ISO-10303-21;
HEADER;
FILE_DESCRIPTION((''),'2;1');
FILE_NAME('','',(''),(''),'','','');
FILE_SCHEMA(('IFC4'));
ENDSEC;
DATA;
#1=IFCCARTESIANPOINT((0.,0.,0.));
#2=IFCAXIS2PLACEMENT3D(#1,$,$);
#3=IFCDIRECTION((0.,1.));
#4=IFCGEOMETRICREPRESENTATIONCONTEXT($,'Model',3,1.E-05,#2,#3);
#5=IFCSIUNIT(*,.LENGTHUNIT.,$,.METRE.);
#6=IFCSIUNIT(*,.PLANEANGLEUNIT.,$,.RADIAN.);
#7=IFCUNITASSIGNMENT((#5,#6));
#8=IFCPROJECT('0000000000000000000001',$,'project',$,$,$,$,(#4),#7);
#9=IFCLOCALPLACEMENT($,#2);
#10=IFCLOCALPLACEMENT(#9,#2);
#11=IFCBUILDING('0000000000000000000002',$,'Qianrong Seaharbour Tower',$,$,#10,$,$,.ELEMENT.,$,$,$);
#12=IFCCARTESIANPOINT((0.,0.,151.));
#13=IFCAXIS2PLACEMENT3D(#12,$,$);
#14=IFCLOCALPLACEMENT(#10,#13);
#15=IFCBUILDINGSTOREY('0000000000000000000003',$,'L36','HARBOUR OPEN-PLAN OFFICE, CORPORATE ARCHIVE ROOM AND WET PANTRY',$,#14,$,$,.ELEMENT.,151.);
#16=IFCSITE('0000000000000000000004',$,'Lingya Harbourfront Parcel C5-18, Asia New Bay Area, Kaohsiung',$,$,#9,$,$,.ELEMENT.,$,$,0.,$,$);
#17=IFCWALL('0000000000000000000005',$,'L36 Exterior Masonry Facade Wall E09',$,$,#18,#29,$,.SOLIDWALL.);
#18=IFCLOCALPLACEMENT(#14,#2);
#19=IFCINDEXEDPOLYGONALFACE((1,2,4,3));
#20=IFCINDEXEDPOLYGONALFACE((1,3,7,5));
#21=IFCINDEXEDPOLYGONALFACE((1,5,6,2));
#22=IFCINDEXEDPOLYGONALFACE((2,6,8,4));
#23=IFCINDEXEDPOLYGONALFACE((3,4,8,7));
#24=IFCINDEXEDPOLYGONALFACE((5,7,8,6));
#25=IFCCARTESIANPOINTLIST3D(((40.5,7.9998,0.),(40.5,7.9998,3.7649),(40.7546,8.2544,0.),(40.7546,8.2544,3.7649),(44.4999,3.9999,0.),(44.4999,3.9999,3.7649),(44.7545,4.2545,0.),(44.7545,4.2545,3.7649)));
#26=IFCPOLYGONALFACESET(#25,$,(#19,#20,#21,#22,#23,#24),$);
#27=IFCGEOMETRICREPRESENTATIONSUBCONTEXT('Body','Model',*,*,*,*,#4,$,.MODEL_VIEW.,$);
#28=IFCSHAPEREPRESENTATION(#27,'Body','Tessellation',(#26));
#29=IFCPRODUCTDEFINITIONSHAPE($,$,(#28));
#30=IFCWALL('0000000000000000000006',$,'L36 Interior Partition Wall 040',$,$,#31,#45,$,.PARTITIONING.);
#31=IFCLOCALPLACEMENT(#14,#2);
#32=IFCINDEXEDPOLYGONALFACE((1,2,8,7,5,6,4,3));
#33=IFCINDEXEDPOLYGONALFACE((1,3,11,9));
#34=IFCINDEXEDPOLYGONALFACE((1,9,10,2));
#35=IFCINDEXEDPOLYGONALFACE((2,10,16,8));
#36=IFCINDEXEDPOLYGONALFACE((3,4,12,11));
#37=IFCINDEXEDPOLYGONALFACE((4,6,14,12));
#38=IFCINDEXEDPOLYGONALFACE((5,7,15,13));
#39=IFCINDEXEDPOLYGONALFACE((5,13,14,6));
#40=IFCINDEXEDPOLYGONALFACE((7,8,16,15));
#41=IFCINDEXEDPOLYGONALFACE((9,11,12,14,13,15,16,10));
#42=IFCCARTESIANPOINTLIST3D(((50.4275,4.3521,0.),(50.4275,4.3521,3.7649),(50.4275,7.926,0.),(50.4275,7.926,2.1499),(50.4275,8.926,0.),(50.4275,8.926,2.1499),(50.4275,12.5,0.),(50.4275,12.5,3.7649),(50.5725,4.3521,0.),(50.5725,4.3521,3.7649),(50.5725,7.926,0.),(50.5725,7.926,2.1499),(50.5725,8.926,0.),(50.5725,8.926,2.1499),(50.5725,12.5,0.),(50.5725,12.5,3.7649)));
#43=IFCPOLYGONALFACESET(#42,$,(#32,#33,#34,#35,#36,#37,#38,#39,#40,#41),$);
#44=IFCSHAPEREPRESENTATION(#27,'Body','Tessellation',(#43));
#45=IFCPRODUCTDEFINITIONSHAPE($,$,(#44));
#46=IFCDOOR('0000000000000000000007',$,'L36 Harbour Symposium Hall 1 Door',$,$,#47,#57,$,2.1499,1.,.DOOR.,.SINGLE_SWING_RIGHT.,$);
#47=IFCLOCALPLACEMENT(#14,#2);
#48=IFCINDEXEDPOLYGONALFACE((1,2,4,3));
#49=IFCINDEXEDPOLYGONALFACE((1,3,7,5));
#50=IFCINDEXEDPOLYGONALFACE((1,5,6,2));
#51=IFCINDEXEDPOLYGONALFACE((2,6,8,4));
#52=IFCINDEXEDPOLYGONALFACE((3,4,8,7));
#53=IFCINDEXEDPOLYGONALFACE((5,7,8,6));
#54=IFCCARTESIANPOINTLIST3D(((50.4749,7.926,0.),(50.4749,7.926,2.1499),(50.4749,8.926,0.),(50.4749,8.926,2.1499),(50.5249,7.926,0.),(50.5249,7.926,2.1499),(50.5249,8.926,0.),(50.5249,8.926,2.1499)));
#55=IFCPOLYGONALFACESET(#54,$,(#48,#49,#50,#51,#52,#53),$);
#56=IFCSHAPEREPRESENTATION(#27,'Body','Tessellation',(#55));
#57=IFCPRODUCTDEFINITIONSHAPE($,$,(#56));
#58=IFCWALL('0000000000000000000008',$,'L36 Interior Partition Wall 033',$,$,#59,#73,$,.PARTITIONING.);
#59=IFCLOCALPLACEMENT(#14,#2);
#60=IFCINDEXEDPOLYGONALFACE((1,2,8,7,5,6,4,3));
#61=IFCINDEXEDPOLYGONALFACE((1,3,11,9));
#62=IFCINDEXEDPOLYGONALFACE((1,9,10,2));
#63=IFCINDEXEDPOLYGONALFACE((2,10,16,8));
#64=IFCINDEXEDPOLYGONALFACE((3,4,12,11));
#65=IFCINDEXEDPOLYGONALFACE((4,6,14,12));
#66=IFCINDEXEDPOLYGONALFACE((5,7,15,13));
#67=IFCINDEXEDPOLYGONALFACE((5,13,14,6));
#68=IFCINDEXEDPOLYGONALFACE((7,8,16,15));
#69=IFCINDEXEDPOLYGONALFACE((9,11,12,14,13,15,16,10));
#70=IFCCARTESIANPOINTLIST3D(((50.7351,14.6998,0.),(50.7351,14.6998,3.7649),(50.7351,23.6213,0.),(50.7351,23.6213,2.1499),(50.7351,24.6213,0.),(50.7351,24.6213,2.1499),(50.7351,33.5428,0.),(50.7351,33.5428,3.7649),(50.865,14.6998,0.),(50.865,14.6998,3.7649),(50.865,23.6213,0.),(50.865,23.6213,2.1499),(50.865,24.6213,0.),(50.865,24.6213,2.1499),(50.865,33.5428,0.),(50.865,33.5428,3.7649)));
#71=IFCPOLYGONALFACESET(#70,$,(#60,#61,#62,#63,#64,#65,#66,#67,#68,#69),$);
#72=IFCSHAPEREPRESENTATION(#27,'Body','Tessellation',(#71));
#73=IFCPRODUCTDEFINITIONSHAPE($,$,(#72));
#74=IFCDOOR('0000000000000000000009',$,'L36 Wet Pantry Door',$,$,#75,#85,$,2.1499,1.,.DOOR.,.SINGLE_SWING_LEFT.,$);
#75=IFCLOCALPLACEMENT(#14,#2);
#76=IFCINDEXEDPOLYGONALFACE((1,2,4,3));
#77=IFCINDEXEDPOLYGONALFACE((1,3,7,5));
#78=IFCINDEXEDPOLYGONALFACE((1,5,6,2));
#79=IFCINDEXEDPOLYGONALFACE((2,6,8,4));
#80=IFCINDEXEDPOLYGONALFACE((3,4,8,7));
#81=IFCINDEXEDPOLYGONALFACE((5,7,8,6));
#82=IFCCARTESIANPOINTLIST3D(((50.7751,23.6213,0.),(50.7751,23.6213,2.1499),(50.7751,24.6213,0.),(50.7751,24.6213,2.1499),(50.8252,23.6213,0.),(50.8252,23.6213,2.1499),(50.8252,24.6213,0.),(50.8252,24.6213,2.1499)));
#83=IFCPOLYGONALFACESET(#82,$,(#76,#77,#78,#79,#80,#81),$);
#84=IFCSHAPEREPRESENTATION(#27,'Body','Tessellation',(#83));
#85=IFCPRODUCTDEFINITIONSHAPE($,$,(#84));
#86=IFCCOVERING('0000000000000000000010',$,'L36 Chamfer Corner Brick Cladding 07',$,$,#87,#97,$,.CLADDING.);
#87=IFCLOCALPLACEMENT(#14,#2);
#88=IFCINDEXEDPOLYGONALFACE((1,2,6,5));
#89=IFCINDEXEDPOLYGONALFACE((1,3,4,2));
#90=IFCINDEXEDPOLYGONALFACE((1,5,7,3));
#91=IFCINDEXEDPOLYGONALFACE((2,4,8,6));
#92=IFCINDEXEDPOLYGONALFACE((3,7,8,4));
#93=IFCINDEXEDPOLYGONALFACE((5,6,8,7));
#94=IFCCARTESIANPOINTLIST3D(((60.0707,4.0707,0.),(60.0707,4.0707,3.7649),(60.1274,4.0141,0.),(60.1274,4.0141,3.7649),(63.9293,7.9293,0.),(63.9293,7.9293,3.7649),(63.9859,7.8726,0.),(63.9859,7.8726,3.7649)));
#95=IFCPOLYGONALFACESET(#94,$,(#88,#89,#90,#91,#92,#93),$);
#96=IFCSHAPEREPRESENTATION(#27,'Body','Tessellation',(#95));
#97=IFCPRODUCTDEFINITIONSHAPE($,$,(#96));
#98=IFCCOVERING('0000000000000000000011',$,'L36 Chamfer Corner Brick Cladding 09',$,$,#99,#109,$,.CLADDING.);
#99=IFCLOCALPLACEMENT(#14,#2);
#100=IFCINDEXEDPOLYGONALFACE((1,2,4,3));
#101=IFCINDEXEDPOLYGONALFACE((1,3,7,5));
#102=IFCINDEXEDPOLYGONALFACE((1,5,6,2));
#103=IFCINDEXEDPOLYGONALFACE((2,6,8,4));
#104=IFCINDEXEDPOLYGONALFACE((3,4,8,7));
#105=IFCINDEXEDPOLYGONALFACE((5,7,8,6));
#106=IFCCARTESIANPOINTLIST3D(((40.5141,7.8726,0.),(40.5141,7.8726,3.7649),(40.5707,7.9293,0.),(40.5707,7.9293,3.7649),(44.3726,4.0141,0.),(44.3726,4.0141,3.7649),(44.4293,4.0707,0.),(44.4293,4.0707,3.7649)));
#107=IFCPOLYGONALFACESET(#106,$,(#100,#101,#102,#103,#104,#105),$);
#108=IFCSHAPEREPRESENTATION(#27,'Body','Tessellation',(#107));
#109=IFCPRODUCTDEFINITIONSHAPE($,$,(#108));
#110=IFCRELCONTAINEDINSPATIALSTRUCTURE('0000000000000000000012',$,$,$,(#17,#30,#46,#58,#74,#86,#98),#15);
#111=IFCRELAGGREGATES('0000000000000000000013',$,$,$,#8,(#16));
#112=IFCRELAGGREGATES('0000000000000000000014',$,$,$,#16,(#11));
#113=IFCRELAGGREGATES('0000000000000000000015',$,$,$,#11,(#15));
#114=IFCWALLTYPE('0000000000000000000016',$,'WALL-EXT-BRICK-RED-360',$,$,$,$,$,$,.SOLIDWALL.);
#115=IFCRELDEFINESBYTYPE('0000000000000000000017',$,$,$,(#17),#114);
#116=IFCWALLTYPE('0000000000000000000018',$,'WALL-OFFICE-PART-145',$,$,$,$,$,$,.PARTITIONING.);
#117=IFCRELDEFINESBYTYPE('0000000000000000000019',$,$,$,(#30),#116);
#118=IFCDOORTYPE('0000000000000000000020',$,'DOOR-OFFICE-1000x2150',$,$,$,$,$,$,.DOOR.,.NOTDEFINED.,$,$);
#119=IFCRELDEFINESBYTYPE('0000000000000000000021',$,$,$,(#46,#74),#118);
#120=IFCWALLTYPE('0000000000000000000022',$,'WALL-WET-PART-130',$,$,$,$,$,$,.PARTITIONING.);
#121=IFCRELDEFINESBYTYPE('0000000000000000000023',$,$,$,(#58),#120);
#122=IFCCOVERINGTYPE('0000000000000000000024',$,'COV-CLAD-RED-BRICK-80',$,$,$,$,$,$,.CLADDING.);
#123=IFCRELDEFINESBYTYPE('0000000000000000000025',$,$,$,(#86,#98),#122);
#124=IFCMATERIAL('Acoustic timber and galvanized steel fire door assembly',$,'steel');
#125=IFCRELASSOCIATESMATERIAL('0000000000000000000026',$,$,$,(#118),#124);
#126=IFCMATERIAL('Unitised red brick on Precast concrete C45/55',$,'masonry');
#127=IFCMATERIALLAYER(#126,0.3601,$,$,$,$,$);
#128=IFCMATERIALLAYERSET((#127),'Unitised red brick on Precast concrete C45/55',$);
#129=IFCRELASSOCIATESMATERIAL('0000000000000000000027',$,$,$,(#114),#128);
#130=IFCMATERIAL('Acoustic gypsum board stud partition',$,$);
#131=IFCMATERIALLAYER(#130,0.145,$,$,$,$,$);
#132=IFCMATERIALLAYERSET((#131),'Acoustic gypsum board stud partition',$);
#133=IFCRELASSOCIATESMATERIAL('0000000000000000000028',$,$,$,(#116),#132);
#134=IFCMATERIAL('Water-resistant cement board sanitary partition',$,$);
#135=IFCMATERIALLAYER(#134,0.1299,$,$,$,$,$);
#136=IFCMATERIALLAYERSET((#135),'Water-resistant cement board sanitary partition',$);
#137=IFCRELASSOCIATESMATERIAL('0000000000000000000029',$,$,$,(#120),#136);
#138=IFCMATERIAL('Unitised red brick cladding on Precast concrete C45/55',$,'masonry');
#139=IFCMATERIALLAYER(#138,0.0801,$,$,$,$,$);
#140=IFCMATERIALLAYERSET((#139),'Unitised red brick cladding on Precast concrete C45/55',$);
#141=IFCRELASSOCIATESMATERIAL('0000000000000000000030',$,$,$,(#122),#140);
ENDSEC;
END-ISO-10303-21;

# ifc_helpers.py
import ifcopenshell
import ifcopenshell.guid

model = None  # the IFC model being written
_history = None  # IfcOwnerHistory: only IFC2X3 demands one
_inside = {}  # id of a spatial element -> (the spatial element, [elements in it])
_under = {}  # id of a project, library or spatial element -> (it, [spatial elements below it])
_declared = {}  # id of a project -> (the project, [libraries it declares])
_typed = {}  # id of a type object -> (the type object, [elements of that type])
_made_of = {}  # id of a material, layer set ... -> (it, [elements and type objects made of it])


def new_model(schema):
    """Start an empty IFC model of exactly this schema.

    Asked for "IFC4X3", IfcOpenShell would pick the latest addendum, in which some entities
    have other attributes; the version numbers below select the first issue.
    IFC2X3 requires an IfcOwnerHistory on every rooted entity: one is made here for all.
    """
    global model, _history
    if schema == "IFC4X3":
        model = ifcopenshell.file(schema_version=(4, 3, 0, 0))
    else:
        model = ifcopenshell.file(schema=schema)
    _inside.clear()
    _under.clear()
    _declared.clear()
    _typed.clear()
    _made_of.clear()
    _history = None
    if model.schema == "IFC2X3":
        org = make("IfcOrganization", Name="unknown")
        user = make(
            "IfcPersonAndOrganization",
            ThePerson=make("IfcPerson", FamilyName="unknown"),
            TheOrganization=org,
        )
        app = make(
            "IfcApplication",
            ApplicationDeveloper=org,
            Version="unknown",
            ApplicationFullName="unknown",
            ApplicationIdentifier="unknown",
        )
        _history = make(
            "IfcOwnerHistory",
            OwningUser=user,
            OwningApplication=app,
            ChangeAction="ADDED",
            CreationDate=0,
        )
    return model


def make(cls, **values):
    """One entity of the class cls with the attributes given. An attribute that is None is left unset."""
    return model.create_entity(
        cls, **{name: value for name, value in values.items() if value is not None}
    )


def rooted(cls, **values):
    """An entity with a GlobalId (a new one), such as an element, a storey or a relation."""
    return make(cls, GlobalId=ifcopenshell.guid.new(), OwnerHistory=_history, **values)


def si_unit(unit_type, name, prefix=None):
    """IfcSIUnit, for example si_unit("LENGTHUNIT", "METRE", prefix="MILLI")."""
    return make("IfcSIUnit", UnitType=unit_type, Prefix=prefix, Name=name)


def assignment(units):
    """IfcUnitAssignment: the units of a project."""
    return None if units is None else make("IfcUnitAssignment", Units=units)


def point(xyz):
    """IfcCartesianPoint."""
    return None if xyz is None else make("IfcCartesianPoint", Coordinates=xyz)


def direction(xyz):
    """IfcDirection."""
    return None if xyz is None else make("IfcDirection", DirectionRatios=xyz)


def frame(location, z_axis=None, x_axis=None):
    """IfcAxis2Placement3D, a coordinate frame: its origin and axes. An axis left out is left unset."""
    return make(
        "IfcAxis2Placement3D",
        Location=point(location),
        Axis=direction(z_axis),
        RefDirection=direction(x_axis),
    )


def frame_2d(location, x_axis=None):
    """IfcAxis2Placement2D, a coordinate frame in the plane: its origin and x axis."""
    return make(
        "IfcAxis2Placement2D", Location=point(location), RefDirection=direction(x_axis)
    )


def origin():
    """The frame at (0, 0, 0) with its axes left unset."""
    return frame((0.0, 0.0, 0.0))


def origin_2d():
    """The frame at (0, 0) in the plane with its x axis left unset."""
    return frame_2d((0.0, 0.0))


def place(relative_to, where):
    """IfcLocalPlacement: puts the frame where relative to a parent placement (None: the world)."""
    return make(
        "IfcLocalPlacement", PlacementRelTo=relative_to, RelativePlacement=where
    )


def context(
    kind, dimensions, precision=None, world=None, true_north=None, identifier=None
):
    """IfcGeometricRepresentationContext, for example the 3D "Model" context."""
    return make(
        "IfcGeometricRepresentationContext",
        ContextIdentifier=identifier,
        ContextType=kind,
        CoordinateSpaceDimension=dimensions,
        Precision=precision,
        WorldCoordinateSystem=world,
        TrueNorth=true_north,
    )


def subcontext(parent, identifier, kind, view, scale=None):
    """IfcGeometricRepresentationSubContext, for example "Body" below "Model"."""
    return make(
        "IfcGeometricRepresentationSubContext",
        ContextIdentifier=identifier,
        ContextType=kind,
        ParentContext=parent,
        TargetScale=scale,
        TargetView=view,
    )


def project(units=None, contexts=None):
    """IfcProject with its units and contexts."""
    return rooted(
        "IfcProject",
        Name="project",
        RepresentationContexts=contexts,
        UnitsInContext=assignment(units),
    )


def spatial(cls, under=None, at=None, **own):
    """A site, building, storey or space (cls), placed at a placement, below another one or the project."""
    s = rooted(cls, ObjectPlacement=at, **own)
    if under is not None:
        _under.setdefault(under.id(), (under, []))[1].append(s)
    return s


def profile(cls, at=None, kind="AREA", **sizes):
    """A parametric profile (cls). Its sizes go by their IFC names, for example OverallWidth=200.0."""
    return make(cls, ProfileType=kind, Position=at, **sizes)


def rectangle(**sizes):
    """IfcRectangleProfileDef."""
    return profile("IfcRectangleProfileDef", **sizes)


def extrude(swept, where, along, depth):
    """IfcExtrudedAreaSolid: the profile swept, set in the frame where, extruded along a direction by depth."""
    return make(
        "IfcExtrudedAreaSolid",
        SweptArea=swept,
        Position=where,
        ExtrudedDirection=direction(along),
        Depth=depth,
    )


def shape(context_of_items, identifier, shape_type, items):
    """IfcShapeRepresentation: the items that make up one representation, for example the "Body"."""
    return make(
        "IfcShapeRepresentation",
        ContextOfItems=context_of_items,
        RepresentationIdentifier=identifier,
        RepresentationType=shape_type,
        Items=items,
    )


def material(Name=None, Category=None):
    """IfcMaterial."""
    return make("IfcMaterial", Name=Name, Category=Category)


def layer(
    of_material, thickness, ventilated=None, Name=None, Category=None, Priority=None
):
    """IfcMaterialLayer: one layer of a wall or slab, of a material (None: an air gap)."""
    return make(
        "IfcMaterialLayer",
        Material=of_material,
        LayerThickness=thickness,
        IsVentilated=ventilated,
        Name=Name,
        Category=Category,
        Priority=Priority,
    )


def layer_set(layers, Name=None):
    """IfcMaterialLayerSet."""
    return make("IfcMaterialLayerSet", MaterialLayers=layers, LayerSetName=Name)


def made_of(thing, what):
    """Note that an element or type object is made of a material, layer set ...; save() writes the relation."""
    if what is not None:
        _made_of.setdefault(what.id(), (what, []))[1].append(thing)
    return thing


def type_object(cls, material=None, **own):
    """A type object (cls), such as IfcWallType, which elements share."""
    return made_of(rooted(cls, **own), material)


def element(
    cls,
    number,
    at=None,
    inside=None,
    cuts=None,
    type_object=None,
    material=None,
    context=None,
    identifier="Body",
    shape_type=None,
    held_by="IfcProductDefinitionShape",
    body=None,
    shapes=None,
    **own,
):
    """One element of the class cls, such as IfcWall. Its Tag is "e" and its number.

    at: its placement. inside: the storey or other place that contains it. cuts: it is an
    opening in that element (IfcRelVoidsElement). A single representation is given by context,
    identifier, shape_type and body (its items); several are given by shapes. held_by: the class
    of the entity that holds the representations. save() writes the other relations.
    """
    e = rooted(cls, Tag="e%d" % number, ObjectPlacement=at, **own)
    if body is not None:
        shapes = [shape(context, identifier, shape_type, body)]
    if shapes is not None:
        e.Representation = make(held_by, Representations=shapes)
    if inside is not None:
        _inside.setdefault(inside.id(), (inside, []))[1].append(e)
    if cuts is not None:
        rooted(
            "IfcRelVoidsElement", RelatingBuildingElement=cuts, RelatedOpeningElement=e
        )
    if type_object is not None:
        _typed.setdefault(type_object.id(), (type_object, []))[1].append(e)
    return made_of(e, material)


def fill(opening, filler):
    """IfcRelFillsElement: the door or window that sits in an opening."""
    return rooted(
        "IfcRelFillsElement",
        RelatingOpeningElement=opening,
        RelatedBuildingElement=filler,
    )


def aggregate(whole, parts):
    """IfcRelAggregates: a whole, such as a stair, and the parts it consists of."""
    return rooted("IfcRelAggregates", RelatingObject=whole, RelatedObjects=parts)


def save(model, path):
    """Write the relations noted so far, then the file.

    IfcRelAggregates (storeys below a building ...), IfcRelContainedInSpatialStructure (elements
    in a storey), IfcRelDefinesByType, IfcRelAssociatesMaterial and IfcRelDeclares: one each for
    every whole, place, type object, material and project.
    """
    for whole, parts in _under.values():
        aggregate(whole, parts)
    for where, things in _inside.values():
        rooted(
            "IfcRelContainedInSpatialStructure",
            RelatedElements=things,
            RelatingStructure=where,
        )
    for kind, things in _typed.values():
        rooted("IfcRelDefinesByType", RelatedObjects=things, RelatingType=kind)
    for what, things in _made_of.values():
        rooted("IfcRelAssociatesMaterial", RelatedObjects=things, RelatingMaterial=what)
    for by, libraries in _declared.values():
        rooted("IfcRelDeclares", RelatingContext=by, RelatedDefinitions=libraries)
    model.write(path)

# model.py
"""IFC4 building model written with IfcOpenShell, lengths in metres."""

from ifc_helpers import new_model, si_unit, direction, frame, frame_2d, origin, origin_2d, place, context, subcontext, project, spatial, rectangle, extrude, material, layer, layer_set, type_object, element, fill, save


model = new_model("IFC4")

# Units and contexts
model_context = context("Model", 3, precision=1e-05, world=origin(), true_north=direction((0.0, 1.0)))
body_context = subcontext(model_context, "Body", "Model", "MODEL_VIEW")
ifc_project = project(units=[si_unit("LENGTHUNIT", "METRE"), si_unit("PLANEANGLEUNIT", "RADIAN")], contexts=[model_context])

# Site, building, storey
site_placement = place(None, origin())
site = spatial("IfcSite", under=ifc_project, at=site_placement, Name="Lingya Harbourfront Parcel C5-18, Asia New Bay Area, Kaohsiung", CompositionType="ELEMENT", RefElevation=0.0)
building_placement = place(site_placement, origin())
building = spatial("IfcBuilding", under=site, at=building_placement, Name="Qianrong Seaharbour Tower", CompositionType="ELEMENT")
storey_placement = place(building_placement, frame((0.0, 0.0, 151.0)))
storey = spatial("IfcBuildingStorey", under=building, at=storey_placement, Name="L36", Description="HARBOUR OPEN-PLAN OFFICE, CORPORATE ARCHIVE ROOM AND WET PANTRY", CompositionType="ELEMENT", Elevation=151.0)

# Shared definitions
ifc_material_1 = material(Name="Acoustic timber and galvanized steel fire door assembly", Category="steel")
door_type_1 = type_object("IfcDoorType", Name="DOOR-OFFICE-1000x2150", OperationType="NOTDEFINED", PredefinedType="DOOR", material=ifc_material_1)

# Shared definitions
ifc_material_2 = material(Name="Unitised red brick on Precast concrete C45/55", Category="masonry")
ifc_layer_1 = layer(ifc_material_2, 0.3601)
ifc_layer_set_1 = layer_set([ifc_layer_1], Name="Unitised red brick on Precast concrete C45/55")
wall_type_1 = type_object("IfcWallType", Name="WALL-EXT-BRICK-RED-360", PredefinedType="SOLIDWALL", material=ifc_layer_set_1)

# Wall
wall_1_placement = place(storey_placement, frame((44.6272, 4.1272, 0.0), z_axis=(0.0, 0.0, 1.0), x_axis=(-0.707107, 0.707107, 0.0)))
element("IfcWall", 1, at=wall_1_placement, inside=storey, type_object=wall_type_1, Name="L36 Exterior Masonry Facade Wall E09", PredefinedType="SOLIDWALL", context=body_context, shape_type="SweptSolid", body=[
    extrude(rectangle(XDim=5.6567, YDim=0.3601, at=frame_2d((2.8284, 0.0))), origin(), (0.0, 0.0, 1.0), 3.7649),
])

# Walls, openings, doors
ifc_material_3 = material(Name="Acoustic gypsum board stud partition")
ifc_layer_2 = layer(ifc_material_3, 0.145)
ifc_layer_set_2 = layer_set([ifc_layer_2], Name="Acoustic gypsum board stud partition")
wall_type_2 = type_object("IfcWallType", Name="WALL-OFFICE-PART-145", PredefinedType="PARTITIONING", material=ifc_layer_set_2)
wall_2_placement = place(storey_placement, frame((50.5, 12.5, 0.0), z_axis=(0.0, 0.0, 1.0), x_axis=(0.0, -1.0, 0.0)))
wall_2 = element("IfcWall", 2, at=wall_2_placement, inside=storey, type_object=wall_type_2, Name="L36 Interior Partition Wall 040", PredefinedType="PARTITIONING", context=body_context, shape_type="SweptSolid", body=[
    extrude(rectangle(XDim=8.1479, YDim=0.145, at=frame_2d((4.074, 0.0))), origin(), (0.0, 0.0, 1.0), 3.7649),
])
opening_1_placement = place(wall_2_placement, frame((3.574, 0.0, 0.0)))
opening_1 = element("IfcOpeningElement", 3, at=opening_1_placement, cuts=wall_2, PredefinedType="OPENING", context=body_context, shape_type="SweptSolid", body=[
    extrude(rectangle(XDim=1.0, YDim=2.1499, at=frame_2d((0.5, 1.075))), frame((0.0, 0.0825, 0.0), z_axis=(0.0, -1.0, 0.0), x_axis=(1.0, 0.0, 0.0)), (0.0, 0.0, 1.0), 0.165),
])
door_1_placement = place(opening_1_placement, origin())
door_1 = element("IfcDoor", 4, at=door_1_placement, inside=storey, type_object=door_type_1, Name="L36 Harbour Symposium Hall 1 Door", OperationType="SINGLE_SWING_RIGHT", OverallHeight=2.1499, OverallWidth=1.0, PredefinedType="DOOR", context=body_context, shape_type="SweptSolid", body=[
    extrude(rectangle(XDim=1.0, YDim=2.1499, at=frame_2d((0.5, 1.075))), frame((0.0, 0.0249, 0.0), z_axis=(0.0, -1.0, 0.0), x_axis=(1.0, 0.0, 0.0)), (0.0, 0.0, 1.0), 0.05),
])
fill(opening_1, door_1)
ifc_material_4 = material(Name="Water-resistant cement board sanitary partition")
ifc_layer_3 = layer(ifc_material_4, 0.1299)
ifc_layer_set_3 = layer_set([ifc_layer_3], Name="Water-resistant cement board sanitary partition")
wall_type_3 = type_object("IfcWallType", Name="WALL-WET-PART-130", PredefinedType="PARTITIONING", material=ifc_layer_set_3)
wall_3_placement = place(storey_placement, frame((50.8, 14.7, 0.0), z_axis=(0.0, 0.0, 1.0), x_axis=(0.0, 1.0, 0.0)))
wall_3 = element("IfcWall", 5, at=wall_3_placement, inside=storey, type_object=wall_type_3, Name="L36 Interior Partition Wall 033", PredefinedType="PARTITIONING", context=body_context, shape_type="SweptSolid", body=[
    extrude(rectangle(XDim=18.843, YDim=0.1299, at=frame_2d((9.4214, 0.0))), origin(), (0.0, 0.0, 1.0), 3.7649),
])
opening_2_placement = place(wall_3_placement, frame((8.9214, 0.0, 0.0)))
opening_2 = element("IfcOpeningElement", 6, at=opening_2_placement, cuts=wall_3, PredefinedType="OPENING", context=body_context, shape_type="SweptSolid", body=[
    extrude(rectangle(XDim=1.0, YDim=2.1499, at=frame_2d((0.5, 1.075))), frame((0.0, 0.075, 0.0), z_axis=(0.0, -1.0, 0.0), x_axis=(1.0, 0.0, 0.0)), (0.0, 0.0, 1.0), 0.1499),
])
door_2_placement = place(opening_2_placement, origin())
door_2 = element("IfcDoor", 7, at=door_2_placement, inside=storey, type_object=door_type_1, Name="L36 Wet Pantry Door", OperationType="SINGLE_SWING_LEFT", OverallHeight=2.1499, OverallWidth=1.0, PredefinedType="DOOR", context=body_context, shape_type="SweptSolid", body=[
    extrude(rectangle(XDim=1.0, YDim=2.1499, at=frame_2d((0.5, 1.075))), frame((0.0, 0.0249, 0.0), z_axis=(0.0, -1.0, 0.0), x_axis=(1.0, 0.0, 0.0)), (0.0, 0.0, 1.0), 0.05),
])
fill(opening_2, door_2)

# Coverings
ifc_material_5 = material(Name="Unitised red brick cladding on Precast concrete C45/55", Category="masonry")
ifc_layer_4 = layer(ifc_material_5, 0.0801)
ifc_layer_set_4 = layer_set([ifc_layer_4], Name="Unitised red brick cladding on Precast concrete C45/55")
covering_type = type_object("IfcCoveringType", Name="COV-CLAD-RED-BRICK-80", PredefinedType="CLADDING", material=ifc_layer_set_4)
for number, where, z_axis, x_axis, name in (
    (8, (62.0283, 5.9717, 0.0), (0.0, 0.0, 1.0), (-0.707107, -0.707107, 0.0), "L36 Chamfer Corner Brick Cladding 07"),
    (9, (42.4717, 5.9717, 0.0), (0.0, 0.0, 1.0), (-0.707107, 0.707107, 0.0), "L36 Chamfer Corner Brick Cladding 09"),
):
    element("IfcCovering", number, at=place(storey_placement, frame(where, z_axis=z_axis, x_axis=x_axis)), inside=storey, type_object=covering_type, Name=name, PredefinedType="CLADDING", context=body_context, shape_type="SweptSolid", body=[
        extrude(rectangle(XDim=5.4568, YDim=0.0801, at=origin_2d()), origin(), (0.0, 0.0, 1.0), 3.7649),
    ])

save(model, "model.ifc")
